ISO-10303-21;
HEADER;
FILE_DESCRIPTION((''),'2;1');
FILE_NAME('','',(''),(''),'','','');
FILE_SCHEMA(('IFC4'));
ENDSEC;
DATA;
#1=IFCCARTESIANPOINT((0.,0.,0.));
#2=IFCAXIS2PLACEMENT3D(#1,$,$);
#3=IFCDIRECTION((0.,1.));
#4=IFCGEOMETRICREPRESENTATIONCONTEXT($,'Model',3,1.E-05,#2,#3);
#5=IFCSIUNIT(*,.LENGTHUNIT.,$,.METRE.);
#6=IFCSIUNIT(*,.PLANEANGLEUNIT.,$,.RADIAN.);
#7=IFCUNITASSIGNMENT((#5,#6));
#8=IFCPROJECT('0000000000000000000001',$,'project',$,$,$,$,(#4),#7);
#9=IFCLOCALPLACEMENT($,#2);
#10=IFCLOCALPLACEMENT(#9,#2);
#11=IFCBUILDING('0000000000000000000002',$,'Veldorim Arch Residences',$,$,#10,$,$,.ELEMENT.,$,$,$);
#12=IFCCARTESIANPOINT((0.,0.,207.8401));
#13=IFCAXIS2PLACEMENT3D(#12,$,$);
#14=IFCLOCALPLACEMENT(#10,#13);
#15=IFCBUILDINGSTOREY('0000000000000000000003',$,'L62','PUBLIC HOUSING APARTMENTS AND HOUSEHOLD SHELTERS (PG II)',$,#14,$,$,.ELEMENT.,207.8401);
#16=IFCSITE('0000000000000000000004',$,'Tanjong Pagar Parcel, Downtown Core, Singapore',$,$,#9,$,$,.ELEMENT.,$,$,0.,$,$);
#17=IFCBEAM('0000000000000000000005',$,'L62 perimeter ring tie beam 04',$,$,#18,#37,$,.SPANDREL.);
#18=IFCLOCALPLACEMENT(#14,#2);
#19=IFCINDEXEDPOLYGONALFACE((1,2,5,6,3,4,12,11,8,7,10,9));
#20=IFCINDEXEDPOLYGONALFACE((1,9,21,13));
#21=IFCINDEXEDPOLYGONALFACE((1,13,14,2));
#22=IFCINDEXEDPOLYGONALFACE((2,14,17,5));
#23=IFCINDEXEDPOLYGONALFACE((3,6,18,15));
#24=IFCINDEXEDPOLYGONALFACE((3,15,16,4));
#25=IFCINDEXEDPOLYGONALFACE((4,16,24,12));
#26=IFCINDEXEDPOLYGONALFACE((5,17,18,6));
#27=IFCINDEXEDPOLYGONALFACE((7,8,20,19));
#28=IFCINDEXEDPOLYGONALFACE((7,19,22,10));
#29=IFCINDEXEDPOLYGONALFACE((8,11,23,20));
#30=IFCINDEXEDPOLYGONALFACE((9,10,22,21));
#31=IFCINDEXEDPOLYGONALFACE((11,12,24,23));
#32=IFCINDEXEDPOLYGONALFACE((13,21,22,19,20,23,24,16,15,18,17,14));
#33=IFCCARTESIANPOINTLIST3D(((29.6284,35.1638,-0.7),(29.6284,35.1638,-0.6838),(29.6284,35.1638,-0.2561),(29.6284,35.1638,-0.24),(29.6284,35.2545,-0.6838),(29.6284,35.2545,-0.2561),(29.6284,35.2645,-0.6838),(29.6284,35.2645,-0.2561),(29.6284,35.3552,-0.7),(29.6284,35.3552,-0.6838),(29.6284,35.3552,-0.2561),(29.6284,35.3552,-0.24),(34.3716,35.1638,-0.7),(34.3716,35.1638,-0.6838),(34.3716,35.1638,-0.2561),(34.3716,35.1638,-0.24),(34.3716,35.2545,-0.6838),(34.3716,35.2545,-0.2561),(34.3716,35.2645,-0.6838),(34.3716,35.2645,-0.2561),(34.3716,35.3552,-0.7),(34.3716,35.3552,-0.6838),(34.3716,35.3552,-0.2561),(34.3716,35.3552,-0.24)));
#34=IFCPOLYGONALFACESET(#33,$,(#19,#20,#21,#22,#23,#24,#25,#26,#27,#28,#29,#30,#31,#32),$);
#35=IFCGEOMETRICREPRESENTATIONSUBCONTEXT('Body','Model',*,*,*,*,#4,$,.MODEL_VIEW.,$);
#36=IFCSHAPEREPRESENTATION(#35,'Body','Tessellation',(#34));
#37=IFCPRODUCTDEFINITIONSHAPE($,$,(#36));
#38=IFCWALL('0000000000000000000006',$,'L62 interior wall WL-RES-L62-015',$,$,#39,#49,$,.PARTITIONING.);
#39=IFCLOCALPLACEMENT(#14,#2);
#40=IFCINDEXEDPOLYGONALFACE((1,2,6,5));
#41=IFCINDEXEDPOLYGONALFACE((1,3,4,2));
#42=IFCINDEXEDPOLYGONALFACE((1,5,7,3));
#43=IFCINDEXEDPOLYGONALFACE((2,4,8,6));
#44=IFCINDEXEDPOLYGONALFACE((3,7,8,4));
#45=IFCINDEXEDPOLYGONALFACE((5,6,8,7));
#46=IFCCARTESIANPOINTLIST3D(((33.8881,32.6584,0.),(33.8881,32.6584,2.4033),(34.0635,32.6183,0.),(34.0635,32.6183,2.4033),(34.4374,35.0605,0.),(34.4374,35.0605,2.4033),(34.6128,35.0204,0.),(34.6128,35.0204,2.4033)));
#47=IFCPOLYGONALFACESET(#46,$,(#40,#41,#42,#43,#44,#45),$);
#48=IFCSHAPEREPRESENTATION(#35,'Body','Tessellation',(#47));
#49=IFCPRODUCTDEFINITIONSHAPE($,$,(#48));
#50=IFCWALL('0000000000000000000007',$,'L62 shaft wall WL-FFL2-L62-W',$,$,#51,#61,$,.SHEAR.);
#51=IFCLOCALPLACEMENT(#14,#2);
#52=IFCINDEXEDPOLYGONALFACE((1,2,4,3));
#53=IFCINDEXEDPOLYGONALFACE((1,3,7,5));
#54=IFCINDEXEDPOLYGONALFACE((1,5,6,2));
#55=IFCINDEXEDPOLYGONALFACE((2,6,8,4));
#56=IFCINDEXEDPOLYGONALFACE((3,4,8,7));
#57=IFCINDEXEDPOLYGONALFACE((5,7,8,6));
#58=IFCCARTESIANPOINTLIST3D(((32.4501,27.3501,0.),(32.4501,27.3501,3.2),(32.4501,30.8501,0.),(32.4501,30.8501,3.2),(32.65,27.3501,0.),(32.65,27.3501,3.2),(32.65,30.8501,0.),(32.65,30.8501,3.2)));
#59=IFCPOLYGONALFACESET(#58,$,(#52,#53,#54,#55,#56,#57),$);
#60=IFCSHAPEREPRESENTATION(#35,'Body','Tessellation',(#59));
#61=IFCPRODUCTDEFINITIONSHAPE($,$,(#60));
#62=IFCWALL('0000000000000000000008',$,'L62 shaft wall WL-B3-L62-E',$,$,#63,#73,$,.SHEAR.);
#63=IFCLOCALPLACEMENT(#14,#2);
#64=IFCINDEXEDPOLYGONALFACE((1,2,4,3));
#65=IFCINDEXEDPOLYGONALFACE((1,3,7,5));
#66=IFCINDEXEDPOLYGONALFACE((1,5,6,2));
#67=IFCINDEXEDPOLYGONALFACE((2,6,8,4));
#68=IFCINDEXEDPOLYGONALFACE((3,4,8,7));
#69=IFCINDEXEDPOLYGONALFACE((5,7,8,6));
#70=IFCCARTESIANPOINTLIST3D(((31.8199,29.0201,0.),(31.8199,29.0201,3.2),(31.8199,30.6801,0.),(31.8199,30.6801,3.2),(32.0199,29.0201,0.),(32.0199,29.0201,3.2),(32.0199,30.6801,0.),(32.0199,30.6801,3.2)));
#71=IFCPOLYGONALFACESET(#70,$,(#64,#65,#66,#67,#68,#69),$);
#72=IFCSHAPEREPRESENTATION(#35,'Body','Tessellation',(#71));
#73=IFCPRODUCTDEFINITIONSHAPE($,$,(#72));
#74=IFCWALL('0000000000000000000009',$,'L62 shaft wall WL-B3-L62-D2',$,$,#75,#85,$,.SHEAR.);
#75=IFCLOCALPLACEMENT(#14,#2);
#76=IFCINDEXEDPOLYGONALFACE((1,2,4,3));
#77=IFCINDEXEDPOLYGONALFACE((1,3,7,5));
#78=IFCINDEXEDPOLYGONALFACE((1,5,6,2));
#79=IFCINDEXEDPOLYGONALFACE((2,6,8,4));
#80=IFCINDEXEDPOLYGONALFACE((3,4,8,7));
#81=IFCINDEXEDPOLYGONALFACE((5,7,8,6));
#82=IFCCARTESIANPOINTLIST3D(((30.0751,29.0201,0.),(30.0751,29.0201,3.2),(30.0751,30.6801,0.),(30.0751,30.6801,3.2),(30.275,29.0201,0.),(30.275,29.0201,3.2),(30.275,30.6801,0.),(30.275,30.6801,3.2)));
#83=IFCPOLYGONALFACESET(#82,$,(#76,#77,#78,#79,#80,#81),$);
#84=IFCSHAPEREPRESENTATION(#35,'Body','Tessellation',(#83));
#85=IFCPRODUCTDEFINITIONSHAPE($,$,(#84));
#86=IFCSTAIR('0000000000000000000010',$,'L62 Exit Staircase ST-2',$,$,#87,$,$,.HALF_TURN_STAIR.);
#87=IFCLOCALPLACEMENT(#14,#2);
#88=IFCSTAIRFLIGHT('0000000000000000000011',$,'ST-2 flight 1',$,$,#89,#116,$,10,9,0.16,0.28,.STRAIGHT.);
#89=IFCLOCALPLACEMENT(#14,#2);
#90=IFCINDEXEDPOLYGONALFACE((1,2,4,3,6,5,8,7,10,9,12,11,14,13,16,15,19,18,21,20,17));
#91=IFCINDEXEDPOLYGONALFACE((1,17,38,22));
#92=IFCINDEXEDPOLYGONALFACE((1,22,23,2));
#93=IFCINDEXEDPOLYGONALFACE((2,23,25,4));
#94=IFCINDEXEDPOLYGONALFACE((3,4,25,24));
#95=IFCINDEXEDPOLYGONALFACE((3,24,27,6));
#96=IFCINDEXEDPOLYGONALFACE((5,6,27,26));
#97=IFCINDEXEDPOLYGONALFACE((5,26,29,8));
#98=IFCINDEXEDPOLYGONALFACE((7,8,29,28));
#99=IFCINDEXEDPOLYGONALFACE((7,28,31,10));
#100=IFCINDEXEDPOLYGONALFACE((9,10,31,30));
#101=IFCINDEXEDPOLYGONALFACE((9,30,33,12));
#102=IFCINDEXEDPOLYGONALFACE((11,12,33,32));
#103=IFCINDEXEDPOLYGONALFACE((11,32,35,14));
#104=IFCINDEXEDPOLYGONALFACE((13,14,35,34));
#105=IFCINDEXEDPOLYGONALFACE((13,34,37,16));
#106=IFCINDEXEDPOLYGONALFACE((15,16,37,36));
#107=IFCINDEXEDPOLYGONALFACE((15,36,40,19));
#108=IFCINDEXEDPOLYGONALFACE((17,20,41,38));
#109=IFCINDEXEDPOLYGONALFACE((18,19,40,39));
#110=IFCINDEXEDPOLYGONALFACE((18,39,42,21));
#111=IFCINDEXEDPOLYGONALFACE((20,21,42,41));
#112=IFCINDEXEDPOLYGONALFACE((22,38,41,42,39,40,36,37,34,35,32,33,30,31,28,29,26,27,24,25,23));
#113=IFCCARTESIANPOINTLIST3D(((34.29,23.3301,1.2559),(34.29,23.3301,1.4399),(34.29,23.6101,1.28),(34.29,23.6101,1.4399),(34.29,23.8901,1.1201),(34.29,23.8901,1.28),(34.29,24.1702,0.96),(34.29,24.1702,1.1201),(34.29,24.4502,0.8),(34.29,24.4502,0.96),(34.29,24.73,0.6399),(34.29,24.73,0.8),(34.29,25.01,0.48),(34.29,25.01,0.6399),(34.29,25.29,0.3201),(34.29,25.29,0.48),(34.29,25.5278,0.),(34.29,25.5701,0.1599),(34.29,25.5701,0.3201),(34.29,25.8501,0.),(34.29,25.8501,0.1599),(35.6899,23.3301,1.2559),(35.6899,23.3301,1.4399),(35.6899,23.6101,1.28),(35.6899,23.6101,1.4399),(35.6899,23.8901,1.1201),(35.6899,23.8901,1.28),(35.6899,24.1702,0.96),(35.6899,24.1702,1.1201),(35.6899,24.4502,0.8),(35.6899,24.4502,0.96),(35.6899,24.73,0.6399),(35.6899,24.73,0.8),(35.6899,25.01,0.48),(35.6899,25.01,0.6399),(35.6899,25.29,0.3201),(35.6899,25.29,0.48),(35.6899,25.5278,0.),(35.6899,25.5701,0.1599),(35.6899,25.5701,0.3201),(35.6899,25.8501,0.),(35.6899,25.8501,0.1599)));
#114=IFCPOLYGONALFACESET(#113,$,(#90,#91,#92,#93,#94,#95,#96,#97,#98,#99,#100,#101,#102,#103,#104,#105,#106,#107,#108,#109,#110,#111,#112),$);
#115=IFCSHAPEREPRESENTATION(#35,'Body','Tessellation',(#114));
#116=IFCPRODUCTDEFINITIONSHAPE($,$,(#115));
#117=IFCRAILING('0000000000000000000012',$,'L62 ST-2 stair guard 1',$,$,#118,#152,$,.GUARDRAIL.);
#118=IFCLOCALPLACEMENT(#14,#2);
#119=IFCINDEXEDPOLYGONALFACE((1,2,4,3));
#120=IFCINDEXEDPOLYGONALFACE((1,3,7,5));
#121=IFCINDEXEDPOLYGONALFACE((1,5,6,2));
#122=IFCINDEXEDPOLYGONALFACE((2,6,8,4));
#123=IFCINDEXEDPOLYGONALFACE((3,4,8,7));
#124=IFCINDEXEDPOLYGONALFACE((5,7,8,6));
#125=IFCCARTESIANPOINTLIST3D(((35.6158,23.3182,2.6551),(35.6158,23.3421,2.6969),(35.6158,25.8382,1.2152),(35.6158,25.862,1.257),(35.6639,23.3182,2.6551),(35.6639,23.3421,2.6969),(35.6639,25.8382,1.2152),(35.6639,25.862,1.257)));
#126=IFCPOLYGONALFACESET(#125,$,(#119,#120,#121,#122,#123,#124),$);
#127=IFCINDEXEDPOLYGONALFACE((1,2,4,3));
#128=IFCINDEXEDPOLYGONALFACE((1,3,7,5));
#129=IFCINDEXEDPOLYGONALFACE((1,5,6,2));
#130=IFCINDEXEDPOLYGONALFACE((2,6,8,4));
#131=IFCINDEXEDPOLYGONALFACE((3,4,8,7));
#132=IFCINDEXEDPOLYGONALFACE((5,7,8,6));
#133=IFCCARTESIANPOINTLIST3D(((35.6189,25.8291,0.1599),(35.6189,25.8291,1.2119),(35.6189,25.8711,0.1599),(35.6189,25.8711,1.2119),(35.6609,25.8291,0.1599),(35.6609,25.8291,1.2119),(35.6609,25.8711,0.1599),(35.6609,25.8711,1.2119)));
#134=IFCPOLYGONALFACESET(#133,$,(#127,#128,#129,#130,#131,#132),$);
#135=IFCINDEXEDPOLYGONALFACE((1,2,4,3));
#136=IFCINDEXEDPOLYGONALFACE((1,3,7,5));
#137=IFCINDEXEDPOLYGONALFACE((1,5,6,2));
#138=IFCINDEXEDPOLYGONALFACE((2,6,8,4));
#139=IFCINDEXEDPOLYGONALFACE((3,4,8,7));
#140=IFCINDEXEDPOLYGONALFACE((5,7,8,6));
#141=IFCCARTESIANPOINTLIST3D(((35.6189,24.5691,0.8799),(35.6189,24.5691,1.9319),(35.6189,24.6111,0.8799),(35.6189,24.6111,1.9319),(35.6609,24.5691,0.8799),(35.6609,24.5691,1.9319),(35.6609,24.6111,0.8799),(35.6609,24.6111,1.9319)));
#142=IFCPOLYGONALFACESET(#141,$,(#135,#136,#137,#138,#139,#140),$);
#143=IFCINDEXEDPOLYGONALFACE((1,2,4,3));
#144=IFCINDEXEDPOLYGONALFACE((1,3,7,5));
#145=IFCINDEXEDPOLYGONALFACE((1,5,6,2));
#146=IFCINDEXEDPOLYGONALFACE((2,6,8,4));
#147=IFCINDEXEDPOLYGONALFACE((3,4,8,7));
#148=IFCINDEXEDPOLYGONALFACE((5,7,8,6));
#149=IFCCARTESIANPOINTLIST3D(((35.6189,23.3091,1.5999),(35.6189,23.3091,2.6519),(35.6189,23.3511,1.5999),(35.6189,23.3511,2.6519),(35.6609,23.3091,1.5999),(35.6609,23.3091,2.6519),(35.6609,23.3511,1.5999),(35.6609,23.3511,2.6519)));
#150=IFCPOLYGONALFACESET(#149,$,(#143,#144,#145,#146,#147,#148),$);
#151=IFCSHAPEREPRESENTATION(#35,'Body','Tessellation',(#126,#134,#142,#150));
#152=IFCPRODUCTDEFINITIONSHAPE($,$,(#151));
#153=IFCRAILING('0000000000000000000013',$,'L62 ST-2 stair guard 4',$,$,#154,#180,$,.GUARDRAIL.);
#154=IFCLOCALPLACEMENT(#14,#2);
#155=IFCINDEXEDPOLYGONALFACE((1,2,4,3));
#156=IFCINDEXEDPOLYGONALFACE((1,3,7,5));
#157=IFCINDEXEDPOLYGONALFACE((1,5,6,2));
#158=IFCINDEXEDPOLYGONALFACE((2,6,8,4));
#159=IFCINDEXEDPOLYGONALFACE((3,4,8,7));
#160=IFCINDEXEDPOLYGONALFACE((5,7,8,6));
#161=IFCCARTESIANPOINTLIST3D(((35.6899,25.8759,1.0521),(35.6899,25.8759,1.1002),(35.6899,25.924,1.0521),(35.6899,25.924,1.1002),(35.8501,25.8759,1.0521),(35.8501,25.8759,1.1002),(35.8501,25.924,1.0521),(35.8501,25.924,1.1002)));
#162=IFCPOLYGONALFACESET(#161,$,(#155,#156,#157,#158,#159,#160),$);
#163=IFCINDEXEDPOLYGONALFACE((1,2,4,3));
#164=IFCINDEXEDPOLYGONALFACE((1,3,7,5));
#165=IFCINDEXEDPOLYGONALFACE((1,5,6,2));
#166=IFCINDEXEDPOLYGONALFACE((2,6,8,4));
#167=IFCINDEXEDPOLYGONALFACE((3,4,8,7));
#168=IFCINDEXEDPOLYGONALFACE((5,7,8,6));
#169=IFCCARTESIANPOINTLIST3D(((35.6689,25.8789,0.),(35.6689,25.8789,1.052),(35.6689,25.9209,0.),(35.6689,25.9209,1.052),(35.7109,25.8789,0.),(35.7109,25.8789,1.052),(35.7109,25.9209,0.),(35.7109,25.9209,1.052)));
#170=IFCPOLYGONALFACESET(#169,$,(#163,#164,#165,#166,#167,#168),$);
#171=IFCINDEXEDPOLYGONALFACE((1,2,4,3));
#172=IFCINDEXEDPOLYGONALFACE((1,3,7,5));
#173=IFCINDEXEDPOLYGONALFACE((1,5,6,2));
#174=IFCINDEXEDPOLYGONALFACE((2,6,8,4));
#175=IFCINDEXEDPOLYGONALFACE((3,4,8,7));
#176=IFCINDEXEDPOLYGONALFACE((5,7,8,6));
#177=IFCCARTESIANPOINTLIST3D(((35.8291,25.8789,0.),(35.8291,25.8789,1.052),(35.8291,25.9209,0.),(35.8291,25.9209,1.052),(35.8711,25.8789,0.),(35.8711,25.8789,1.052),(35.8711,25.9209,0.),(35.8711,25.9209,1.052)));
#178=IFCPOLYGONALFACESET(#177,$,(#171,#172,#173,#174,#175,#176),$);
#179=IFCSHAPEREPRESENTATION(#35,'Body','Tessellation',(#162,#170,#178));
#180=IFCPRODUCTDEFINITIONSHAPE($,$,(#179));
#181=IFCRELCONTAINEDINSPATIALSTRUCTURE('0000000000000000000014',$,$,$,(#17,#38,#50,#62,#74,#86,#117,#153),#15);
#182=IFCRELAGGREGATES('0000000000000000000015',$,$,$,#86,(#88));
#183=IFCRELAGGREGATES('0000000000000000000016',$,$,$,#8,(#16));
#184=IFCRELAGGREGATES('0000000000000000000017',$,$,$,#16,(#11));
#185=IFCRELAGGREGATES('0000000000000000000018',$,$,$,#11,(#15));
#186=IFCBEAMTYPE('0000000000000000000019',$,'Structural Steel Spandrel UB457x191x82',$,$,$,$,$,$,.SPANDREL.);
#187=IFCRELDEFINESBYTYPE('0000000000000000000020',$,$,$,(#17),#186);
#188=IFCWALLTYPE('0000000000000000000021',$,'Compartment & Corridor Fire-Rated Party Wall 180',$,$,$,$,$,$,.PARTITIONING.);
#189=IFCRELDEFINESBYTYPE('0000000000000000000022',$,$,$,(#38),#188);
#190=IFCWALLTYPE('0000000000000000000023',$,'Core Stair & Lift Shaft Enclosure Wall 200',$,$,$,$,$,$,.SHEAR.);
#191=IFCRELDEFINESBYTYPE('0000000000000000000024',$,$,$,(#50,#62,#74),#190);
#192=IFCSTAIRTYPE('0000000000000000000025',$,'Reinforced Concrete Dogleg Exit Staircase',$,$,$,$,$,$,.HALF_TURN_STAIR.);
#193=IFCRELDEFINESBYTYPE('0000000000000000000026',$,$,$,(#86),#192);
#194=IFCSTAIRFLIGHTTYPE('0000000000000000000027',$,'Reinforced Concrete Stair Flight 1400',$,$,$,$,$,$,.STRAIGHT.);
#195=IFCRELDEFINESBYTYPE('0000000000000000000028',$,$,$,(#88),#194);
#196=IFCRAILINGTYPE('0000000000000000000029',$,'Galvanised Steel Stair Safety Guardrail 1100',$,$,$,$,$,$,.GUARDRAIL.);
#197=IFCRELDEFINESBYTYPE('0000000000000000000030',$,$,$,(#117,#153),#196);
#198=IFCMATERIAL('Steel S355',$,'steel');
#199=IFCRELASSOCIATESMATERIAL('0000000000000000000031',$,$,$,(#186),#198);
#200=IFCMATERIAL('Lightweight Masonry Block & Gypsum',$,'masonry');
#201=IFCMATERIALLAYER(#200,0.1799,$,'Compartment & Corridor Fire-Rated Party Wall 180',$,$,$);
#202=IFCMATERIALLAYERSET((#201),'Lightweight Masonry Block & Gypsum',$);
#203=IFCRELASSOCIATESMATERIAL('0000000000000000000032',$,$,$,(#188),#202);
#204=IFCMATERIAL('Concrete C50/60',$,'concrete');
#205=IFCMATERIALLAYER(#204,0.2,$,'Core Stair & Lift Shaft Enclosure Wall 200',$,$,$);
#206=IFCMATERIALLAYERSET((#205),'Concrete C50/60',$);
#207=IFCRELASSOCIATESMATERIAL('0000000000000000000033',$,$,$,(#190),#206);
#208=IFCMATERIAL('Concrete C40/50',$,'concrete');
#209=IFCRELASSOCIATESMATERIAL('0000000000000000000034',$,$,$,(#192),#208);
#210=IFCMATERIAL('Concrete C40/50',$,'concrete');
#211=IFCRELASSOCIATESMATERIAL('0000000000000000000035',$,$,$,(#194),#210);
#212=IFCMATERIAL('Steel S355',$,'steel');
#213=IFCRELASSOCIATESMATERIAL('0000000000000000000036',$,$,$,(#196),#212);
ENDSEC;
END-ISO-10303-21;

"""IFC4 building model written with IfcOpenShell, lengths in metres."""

from ifc_helpers import new_model, si_unit, direction, frame, frame_2d, origin, origin_2d, place, context, subcontext, project, spatial, polyline, rectangle, i_section, outline, extrude, material, layer, layer_set, material_profile, profile_set, type_object, element, aggregate, save


model = new_model("IFC4")

# Units and contexts
model_context = context("Model", 3, precision=1e-05, world=origin(), true_north=direction((0.0, 1.0)))
body_context = subcontext(model_context, "Body", "Model", "MODEL_VIEW")
ifc_project = project(units=[si_unit("LENGTHUNIT", "METRE"), si_unit("PLANEANGLEUNIT", "RADIAN")], contexts=[model_context])

# Site, building, storey
site_placement = place(None, origin())
site = spatial("IfcSite", under=ifc_project, at=site_placement, Name="Tanjong Pagar Parcel, Downtown Core, Singapore", CompositionType="ELEMENT", RefElevation=0.0)
building_placement = place(site_placement, origin())
building = spatial("IfcBuilding", under=site, at=building_placement, Name="Veldorim Arch Residences", CompositionType="ELEMENT")
storey_placement = place(building_placement, frame((0.0, 0.0, 207.8401)))
storey = spatial("IfcBuildingStorey", under=building, at=storey_placement, Name="L62", Description="PUBLIC HOUSING APARTMENTS AND HOUSEHOLD SHELTERS (PG II)", CompositionType="ELEMENT", Elevation=207.8401)

# Beam
ifc_material_1 = material(Name="Steel S355", Category="steel")
ifc_material_profile_1 = material_profile(ifc_material_1, i_section(OverallWidth=0.1914, OverallDepth=0.46, WebThickness=0.01, FlangeThickness=0.0161, at=origin_2d()), Name="UB457x191x82")
ifc_profile_set_1 = profile_set([ifc_material_profile_1], Name="Steel S355")
beam_type_1 = type_object("IfcBeamType", Name="Structural Steel Spandrel UB457x191x82", PredefinedType="SPANDREL", material=ifc_profile_set_1)
beam_1_placement = place(storey_placement, frame((34.3716, 35.2595, -0.47), z_axis=(-1.0, 0.0, 0.0), x_axis=(0.0, -1.0, 0.0)))
element("IfcBeam", 1, at=beam_1_placement, inside=storey, type_object=beam_type_1, Name="L62 perimeter ring tie beam 04", PredefinedType="SPANDREL", context=body_context, shape_type="SweptSolid", body=[
    extrude(i_section(OverallWidth=0.1914, OverallDepth=0.46, WebThickness=0.01, FlangeThickness=0.0161, at=origin_2d()), origin(), (0.0, 0.0, 1.0), 4.7432),
])

# Wall
ifc_material_2 = material(Name="Lightweight Masonry Block & Gypsum", Category="masonry")
ifc_layer_1 = layer(ifc_material_2, 0.1799, Name="Compartment & Corridor Fire-Rated Party Wall 180")
ifc_layer_set_1 = layer_set([ifc_layer_1], Name="Lightweight Masonry Block & Gypsum")
wall_type_1 = type_object("IfcWallType", Name="Compartment & Corridor Fire-Rated Party Wall 180", PredefinedType="PARTITIONING", material=ifc_layer_set_1)
wall_1_placement = place(storey_placement, frame((33.9758, 32.6384, 0.0), z_axis=(0.0, 0.0, 1.0), x_axis=(0.222927, 0.974835, 0.0)))
element("IfcWall", 2, at=wall_1_placement, inside=storey, type_object=wall_type_1, Name="L62 interior wall WL-RES-L62-015", PredefinedType="PARTITIONING", context=body_context, shape_type="SweptSolid", body=[
    extrude(rectangle(XDim=2.4641, YDim=0.1799, at=frame_2d((1.2319, 0.0))), origin(), (0.0, 0.0, 1.0), 2.4033),
])

# Shared definitions
ifc_material_3 = material(Name="Concrete C50/60", Category="concrete")
ifc_layer_2 = layer(ifc_material_3, 0.2, Name="Core Stair & Lift Shaft Enclosure Wall 200")
ifc_layer_set_2 = layer_set([ifc_layer_2], Name="Concrete C50/60")
wall_type_2 = type_object("IfcWallType", Name="Core Stair & Lift Shaft Enclosure Wall 200", PredefinedType="SHEAR", material=ifc_layer_set_2)

# Wall
wall_2_placement = place(storey_placement, frame((32.55, 27.3501, 0.0), z_axis=(0.0, 0.0, 1.0), x_axis=(0.0, 1.0, 0.0)))
element("IfcWall", 3, at=wall_2_placement, inside=storey, type_object=wall_type_2, Name="L62 shaft wall WL-FFL2-L62-W", PredefinedType="SHEAR", context=body_context, shape_type="SweptSolid", body=[
    extrude(rectangle(XDim=3.5, YDim=0.2, at=frame_2d((1.75, 0.0))), origin(), (0.0, 0.0, 1.0), 3.2),
])

# Walls
for number, where, z_axis, x_axis, name in (
    (4, (31.9199, 29.02, 0.0), (0.0, 0.0, 1.0), (0.0, 1.0, 0.0), "L62 shaft wall WL-B3-L62-E"),
    (5, (30.175, 29.02, 0.0), (0.0, 0.0, 1.0), (0.0, 1.0, 0.0), "L62 shaft wall WL-B3-L62-D2"),
):
    element("IfcWall", number, at=place(storey_placement, frame(where, z_axis=z_axis, x_axis=x_axis)), inside=storey, type_object=wall_type_2, Name=name, PredefinedType="SHEAR", context=body_context, shape_type="SweptSolid", body=[
        extrude(rectangle(XDim=1.6599, YDim=0.2, at=frame_2d((0.8301, 0.0))), origin(), (0.0, 0.0, 1.0), 3.2),
    ])

# Stair, stair flight
ifc_material_4 = material(Name="Concrete C40/50", Category="concrete")
stair_type = type_object("IfcStairType", Name="Reinforced Concrete Dogleg Exit Staircase", PredefinedType="HALF_TURN_STAIR", material=ifc_material_4)
stair_placement = place(storey_placement, origin())
stair = element("IfcStair", 6, at=stair_placement, inside=storey, type_object=stair_type, Name="L62 Exit Staircase ST-2", PredefinedType="HALF_TURN_STAIR")
ifc_material_5 = material(Name="Concrete C40/50", Category="concrete")
stair_flight_type = type_object("IfcStairFlightType", Name="Reinforced Concrete Stair Flight 1400", PredefinedType="STRAIGHT", material=ifc_material_5)
stair_flight_placement = place(storey_placement, frame((34.99, 25.8501, 0.0), z_axis=(0.0, 0.0, 1.0), x_axis=(0.0, -1.0, 0.0)))
stair_flight = element("IfcStairFlight", 7, at=stair_flight_placement, type_object=stair_flight_type, Name="ST-2 flight 1", NumberOfRisers=10, NumberOfTreads=9, PredefinedType="STRAIGHT", RiserHeight=0.16, TreadLength=0.28, context=body_context, shape_type="SweptSolid", body=[
    extrude(outline(polyline([(0.0, 0.0), (0.0, 0.1599), (0.28, 0.1599), (0.28, 0.3201), (0.5601, 0.3201), (0.5601, 0.48), (0.8401, 0.48), (0.8401, 0.6399), (1.1201, 0.6399), (1.1201, 0.8), (1.3999, 0.8), (1.3999, 0.96), (1.6799, 0.96), (1.6799, 1.1201), (1.96, 1.1201), (1.96, 1.28), (2.24, 1.28), (2.24, 1.4399), (2.52, 1.4399), (2.52, 1.6001), (2.52, 1.2559), (0.3223, 0.0), (0.0, 0.0)])), frame((0.0, 0.7, 0.0), z_axis=(0.0, -1.0, 0.0), x_axis=(1.0, 0.0, 0.0)), (0.0, 0.0, 1.0), 1.3999),
])
aggregate(stair, [stair_flight])

# Railings
ifc_material_6 = material(Name="Steel S355", Category="steel")
railing_type = type_object("IfcRailingType", Name="Galvanised Steel Stair Safety Guardrail 1100", PredefinedType="GUARDRAIL", material=ifc_material_6)
railing_1_placement = place(storey_placement, frame((35.6399, 25.8501, 0.1599)))
element("IfcRailing", 8, at=railing_1_placement, inside=storey, type_object=railing_type, Name="L62 ST-2 stair guard 1", PredefinedType="GUARDRAIL", context=body_context, shape_type="SweptSolid", body=[
    extrude(rectangle(XDim=0.0481, YDim=0.0481, at=origin_2d()), frame((0.0, 0.0, 1.0762), z_axis=(0.0, -0.868253, 0.496121), x_axis=(1.0, 0.0, 0.0)), (0.0, 0.0, 1.0), 2.9023),
    extrude(rectangle(XDim=0.042, YDim=0.042, at=origin_2d()), origin(), (0.0, 0.0, 1.0), 1.052),
    extrude(rectangle(XDim=0.042, YDim=0.042, at=origin_2d()), frame((0.0, -1.26, 0.72)), (0.0, 0.0, 1.0), 1.052),
    extrude(rectangle(XDim=0.042, YDim=0.042, at=origin_2d()), frame((0.0, -2.52, 1.4399)), (0.0, 0.0, 1.0), 1.052),
])
railing_2_placement = place(storey_placement, frame((35.6899, 25.8999, 0.0)))
element("IfcRailing", 9, at=railing_2_placement, inside=storey, type_object=railing_type, Name="L62 ST-2 stair guard 4", PredefinedType="GUARDRAIL", context=body_context, shape_type="SweptSolid", body=[
    extrude(rectangle(XDim=0.0481, YDim=0.0481, at=origin_2d()), frame((0.0, 0.0, 1.0762), z_axis=(1.0, 0.0, 0.0), x_axis=(0.0, 1.0, 0.0)), (0.0, 0.0, 1.0), 0.1602),
    extrude(rectangle(XDim=0.042, YDim=0.042, at=origin_2d()), origin(), (0.0, 0.0, 1.0), 1.052),
    extrude(rectangle(XDim=0.042, YDim=0.042, at=origin_2d()), frame((0.1602, 0.0, 0.0)), (0.0, 0.0, 1.0), 1.052),
])

save(model, "model.ifc")
